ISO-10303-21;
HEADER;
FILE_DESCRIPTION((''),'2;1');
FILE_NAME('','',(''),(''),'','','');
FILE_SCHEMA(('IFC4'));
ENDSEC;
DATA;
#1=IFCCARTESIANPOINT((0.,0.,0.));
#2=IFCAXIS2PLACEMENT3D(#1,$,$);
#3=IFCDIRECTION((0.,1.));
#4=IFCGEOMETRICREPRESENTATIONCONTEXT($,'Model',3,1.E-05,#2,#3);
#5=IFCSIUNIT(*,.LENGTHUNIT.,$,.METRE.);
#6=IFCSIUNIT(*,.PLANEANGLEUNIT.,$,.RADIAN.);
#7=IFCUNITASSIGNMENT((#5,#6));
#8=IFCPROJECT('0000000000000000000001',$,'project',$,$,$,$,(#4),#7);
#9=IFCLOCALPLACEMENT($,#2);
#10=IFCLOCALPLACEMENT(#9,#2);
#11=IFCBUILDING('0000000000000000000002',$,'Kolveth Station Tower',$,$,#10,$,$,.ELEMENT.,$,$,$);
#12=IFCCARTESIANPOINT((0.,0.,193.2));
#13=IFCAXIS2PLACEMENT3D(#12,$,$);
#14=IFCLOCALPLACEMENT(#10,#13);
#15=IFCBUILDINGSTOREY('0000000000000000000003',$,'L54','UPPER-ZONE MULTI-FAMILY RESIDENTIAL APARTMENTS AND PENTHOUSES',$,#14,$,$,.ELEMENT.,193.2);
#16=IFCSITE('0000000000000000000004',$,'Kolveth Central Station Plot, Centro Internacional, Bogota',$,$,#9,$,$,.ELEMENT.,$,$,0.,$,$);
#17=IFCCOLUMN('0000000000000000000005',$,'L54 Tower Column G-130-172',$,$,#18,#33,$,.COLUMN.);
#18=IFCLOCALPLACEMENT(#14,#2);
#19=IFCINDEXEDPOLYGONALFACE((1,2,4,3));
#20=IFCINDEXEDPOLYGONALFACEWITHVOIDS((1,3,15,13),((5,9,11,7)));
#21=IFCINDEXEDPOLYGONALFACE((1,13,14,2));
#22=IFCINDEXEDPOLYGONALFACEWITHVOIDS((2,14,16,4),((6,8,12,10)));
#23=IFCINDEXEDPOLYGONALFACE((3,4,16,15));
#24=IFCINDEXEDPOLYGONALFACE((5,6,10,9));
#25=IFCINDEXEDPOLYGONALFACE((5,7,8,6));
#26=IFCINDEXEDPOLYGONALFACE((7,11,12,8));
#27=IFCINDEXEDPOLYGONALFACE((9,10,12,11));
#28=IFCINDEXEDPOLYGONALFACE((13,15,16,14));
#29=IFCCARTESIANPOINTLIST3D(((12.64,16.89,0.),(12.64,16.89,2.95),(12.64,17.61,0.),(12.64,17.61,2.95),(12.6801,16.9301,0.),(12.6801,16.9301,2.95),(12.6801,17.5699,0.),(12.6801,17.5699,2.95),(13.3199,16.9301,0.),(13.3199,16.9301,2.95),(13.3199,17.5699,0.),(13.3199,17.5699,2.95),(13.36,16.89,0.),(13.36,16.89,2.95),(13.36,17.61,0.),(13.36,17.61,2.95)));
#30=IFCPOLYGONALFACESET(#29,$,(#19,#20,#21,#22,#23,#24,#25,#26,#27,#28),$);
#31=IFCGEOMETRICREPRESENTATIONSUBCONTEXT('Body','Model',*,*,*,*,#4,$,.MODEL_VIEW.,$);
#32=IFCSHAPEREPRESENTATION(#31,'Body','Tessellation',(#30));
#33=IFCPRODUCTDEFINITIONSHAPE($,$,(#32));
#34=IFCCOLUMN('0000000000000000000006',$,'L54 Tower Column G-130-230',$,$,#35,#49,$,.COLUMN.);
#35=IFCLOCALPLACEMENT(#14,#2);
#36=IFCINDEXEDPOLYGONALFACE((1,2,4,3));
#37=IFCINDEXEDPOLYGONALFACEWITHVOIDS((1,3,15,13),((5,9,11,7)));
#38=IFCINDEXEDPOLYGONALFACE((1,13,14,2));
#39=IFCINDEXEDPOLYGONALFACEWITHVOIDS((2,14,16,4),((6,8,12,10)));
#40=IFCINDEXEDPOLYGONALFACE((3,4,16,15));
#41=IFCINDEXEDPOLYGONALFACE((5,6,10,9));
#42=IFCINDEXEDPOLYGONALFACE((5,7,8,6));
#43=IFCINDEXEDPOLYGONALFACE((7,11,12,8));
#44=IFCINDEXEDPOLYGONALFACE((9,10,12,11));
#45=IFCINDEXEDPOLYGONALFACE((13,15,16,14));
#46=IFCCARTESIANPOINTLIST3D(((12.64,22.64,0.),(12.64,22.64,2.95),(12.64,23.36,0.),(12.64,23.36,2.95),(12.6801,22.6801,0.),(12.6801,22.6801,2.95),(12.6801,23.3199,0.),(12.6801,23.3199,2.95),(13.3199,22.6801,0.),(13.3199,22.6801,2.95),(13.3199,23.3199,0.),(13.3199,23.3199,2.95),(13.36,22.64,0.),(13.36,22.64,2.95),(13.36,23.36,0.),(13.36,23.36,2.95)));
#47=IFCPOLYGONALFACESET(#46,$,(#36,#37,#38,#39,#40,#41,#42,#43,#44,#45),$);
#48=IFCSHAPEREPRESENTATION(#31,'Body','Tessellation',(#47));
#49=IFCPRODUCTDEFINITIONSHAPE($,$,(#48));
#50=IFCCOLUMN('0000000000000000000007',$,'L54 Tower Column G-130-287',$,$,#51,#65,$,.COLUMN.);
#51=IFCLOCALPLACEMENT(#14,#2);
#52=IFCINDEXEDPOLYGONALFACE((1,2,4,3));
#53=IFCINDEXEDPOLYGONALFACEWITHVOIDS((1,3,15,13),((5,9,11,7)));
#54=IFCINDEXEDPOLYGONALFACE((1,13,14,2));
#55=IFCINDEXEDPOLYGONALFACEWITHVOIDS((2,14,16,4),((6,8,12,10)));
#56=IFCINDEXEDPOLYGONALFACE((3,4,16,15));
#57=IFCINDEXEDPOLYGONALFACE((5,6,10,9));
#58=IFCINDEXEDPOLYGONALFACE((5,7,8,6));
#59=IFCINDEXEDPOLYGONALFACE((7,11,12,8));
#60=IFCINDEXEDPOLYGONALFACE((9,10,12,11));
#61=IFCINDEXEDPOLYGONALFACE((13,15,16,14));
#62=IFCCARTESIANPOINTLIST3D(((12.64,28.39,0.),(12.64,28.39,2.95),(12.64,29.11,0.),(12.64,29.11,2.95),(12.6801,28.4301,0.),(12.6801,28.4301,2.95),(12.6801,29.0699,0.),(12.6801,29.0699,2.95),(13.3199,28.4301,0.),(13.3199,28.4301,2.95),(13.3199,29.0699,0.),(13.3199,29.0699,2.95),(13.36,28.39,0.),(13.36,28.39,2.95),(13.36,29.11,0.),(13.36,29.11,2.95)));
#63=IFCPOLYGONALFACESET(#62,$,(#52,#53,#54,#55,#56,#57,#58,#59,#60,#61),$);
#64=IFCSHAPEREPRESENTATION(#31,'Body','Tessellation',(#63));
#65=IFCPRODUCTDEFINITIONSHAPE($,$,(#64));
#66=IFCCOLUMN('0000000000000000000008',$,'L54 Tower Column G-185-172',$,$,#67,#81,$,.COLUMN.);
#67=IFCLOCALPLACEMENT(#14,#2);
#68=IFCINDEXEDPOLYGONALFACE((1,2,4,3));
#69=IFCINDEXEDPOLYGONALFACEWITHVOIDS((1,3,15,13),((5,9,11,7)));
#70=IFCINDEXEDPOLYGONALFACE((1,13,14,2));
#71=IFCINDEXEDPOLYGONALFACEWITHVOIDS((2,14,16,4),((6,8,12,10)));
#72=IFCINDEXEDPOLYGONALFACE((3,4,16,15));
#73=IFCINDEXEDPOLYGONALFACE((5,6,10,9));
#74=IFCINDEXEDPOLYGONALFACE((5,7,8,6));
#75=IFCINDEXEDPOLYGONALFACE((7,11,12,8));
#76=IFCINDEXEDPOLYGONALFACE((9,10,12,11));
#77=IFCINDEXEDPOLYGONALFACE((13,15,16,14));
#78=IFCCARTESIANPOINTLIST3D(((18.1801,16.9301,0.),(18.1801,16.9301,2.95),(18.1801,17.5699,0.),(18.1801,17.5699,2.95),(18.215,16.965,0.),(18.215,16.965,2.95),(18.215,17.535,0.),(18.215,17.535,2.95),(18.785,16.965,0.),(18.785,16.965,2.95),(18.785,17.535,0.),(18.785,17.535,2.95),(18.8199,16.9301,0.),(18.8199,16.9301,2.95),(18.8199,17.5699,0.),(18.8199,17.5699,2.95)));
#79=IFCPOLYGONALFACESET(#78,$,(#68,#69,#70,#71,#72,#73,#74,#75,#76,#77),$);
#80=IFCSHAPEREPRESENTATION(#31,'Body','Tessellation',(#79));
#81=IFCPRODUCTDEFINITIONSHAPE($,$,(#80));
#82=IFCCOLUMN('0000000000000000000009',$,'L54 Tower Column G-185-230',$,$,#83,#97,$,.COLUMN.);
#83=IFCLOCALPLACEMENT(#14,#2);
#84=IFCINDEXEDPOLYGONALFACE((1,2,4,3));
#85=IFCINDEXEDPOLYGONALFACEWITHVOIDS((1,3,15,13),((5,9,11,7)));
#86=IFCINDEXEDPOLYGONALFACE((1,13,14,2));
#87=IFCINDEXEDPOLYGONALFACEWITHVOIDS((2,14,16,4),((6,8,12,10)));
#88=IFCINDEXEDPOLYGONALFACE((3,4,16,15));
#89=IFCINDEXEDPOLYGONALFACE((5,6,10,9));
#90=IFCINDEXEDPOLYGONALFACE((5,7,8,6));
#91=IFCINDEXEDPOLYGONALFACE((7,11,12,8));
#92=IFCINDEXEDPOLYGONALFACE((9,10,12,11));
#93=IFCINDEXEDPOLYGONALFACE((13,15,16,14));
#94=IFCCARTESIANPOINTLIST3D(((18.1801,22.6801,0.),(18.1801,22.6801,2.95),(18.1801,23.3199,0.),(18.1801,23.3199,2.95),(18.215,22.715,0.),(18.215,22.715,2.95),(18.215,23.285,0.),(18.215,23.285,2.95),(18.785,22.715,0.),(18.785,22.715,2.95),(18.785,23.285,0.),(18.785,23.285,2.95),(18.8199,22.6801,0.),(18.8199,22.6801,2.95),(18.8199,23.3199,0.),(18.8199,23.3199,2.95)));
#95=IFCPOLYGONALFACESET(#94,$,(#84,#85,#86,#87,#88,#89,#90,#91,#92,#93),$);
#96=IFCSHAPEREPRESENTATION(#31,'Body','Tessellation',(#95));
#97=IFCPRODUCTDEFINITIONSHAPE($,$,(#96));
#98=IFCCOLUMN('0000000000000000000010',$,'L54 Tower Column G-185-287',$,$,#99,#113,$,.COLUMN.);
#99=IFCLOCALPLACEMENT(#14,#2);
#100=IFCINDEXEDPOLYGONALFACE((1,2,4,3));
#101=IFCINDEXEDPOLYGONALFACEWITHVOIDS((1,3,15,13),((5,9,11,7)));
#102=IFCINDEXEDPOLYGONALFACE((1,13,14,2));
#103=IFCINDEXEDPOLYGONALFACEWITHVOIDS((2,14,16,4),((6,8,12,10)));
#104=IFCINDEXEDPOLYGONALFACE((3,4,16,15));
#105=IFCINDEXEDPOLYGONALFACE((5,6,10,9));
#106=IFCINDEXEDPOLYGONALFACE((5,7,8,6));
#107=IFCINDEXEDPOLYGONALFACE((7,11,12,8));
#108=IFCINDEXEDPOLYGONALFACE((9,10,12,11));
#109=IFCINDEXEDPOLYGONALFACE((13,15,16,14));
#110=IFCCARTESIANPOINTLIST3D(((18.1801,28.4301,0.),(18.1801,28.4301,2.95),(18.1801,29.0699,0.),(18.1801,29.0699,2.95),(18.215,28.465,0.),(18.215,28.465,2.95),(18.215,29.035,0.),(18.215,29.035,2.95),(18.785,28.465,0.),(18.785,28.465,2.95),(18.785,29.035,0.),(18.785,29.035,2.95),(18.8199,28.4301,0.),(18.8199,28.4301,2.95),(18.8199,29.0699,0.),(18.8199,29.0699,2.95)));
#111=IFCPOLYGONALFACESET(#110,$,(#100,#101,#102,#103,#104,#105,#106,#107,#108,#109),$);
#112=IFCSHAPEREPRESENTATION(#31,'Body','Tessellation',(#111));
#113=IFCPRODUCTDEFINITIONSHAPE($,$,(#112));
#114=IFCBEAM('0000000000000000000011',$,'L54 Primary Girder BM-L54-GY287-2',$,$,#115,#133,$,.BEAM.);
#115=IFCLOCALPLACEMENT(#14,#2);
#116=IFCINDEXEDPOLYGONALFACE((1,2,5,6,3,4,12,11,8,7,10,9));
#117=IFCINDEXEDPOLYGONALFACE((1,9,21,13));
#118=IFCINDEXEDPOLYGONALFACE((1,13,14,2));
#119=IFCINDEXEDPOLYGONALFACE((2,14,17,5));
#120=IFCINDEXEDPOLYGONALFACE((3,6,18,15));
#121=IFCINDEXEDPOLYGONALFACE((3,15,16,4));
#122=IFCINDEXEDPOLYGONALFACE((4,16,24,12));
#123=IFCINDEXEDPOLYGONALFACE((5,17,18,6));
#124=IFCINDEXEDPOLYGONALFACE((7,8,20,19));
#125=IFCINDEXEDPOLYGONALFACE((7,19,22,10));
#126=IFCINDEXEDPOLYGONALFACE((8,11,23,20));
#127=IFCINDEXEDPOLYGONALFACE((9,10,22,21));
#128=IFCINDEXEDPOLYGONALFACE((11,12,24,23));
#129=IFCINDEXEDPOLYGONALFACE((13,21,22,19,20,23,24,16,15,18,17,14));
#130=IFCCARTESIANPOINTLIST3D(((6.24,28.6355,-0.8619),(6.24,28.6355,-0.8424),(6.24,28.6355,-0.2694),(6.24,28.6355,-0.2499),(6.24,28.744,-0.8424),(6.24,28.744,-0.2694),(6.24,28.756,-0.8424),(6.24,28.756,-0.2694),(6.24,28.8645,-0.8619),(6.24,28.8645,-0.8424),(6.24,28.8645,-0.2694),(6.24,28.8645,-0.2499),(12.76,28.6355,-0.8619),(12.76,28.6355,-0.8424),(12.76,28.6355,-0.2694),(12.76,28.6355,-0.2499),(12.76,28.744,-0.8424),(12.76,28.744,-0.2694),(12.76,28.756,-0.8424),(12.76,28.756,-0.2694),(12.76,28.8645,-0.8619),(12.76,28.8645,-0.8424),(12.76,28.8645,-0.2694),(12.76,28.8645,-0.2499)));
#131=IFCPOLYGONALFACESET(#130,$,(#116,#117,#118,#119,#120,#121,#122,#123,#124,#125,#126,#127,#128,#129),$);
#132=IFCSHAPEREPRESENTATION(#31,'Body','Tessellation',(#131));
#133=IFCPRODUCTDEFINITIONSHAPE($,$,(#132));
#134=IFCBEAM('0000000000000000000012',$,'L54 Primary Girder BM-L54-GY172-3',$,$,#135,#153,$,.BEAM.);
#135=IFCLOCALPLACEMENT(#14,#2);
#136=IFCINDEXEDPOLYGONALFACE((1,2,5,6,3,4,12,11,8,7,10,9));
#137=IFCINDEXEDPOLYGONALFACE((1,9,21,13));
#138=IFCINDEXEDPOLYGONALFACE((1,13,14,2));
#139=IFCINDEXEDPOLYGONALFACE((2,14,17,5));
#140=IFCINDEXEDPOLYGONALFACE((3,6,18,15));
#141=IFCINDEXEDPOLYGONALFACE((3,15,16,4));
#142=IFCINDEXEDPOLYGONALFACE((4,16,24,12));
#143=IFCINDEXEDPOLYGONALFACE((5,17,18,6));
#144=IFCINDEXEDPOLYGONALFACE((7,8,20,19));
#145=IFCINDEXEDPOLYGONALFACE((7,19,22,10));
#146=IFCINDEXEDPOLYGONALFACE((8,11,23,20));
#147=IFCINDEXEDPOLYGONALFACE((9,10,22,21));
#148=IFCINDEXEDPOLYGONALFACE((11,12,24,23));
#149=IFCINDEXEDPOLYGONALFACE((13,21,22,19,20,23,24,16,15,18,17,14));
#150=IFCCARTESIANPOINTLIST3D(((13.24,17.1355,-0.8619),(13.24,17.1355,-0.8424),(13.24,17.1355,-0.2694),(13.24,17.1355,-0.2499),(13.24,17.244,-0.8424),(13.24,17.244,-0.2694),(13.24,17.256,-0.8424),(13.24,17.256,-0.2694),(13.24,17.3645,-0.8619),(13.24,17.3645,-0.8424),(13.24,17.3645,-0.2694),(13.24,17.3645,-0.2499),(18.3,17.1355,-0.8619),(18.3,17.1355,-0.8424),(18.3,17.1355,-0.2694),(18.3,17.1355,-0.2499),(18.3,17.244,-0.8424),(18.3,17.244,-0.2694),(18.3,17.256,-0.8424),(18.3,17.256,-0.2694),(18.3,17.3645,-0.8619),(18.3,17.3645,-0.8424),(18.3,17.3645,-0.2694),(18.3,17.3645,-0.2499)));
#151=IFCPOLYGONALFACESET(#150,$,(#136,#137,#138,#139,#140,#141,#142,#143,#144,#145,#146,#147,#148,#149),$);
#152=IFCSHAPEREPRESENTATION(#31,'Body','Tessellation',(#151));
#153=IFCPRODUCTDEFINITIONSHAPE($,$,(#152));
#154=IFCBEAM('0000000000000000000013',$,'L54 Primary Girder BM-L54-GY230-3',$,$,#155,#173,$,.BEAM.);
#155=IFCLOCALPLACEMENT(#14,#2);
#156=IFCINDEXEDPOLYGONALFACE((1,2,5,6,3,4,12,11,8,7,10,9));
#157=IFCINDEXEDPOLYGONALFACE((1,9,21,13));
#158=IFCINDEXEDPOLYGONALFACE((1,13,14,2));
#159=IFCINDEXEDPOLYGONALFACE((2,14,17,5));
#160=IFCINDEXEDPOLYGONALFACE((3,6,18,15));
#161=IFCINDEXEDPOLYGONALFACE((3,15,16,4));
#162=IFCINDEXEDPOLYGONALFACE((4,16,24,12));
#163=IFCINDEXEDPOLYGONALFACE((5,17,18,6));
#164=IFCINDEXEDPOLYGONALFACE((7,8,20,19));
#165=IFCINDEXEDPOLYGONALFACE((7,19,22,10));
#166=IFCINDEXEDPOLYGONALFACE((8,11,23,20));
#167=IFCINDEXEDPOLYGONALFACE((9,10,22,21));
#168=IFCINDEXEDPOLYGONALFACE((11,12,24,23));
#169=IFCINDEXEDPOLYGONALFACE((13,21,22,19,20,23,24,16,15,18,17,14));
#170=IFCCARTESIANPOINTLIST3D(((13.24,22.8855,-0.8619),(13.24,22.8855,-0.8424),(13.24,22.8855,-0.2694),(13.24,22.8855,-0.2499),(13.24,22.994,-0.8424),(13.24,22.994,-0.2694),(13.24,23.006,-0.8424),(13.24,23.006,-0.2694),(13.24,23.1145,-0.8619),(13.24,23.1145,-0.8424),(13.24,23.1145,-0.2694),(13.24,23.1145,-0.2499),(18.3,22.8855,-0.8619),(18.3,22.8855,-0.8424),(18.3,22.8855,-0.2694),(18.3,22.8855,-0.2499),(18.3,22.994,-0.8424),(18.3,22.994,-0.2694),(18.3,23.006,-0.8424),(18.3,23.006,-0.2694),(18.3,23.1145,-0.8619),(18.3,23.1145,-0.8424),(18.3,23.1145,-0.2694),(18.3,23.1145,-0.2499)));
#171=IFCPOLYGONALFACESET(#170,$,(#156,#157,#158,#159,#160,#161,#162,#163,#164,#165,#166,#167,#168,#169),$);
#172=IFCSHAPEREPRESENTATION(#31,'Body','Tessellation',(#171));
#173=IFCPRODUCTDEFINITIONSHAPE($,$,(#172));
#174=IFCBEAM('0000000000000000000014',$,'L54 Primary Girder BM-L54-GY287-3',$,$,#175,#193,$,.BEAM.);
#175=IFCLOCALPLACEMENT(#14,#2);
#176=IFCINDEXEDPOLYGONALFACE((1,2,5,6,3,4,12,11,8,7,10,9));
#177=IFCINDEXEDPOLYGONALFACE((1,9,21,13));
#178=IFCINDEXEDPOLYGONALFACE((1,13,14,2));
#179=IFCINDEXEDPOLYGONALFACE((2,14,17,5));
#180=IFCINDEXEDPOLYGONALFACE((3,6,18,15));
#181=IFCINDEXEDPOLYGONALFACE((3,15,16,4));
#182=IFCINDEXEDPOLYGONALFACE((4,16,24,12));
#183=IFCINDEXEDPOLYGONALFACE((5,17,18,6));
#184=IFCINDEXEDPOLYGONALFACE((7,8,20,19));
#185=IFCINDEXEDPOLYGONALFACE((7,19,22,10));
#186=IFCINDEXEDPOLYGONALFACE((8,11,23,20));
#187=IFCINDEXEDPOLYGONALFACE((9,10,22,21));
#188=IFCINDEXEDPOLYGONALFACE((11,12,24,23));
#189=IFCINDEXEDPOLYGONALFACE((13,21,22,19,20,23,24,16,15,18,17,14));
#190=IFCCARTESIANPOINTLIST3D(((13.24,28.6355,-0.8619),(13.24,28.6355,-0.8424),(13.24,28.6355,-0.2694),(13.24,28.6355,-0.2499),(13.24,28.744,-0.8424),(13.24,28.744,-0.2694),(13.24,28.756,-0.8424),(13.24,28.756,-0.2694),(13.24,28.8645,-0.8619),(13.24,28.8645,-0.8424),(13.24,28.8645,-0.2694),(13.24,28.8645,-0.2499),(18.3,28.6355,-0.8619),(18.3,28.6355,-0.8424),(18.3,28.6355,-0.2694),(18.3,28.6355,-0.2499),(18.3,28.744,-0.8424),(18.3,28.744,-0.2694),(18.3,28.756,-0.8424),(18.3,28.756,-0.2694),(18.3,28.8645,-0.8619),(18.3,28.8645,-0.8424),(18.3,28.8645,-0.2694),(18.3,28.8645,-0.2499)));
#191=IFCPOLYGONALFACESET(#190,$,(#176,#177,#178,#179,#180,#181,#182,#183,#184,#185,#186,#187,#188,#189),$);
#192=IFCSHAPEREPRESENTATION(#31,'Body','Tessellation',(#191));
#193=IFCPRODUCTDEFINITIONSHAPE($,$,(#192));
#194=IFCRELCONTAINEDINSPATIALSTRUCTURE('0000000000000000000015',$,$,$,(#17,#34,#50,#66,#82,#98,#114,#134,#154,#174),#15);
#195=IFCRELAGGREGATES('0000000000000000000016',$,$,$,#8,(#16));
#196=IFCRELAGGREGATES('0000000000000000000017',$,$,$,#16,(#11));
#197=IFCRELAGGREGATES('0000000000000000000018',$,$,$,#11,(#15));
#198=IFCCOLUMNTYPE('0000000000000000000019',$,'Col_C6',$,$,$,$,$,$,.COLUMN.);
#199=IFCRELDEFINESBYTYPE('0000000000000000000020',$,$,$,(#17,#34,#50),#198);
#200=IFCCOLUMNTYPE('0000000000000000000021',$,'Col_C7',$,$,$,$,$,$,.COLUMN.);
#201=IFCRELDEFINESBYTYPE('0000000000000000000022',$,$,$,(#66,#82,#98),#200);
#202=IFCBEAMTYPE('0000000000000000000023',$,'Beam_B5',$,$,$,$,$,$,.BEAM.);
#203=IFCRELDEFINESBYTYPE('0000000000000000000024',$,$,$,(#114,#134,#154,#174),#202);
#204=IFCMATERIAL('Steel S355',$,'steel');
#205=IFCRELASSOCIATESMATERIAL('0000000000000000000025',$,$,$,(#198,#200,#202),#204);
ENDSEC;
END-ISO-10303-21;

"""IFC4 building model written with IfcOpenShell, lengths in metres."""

from ifc_helpers import new_model, si_unit, direction, frame, origin, origin_2d, place, context, subcontext, project, spatial, hollow_rectangle, i_section, extrude, source, transform, mapped, material, material_profile, profile_set, type_object, element, save


model = new_model("IFC4")

# Units and contexts
model_context = context("Model", 3, precision=1e-05, world=origin(), true_north=direction((0.0, 1.0)))
body_context = subcontext(model_context, "Body", "Model", "MODEL_VIEW")
ifc_project = project(units=[si_unit("LENGTHUNIT", "METRE"), si_unit("PLANEANGLEUNIT", "RADIAN")], contexts=[model_context])

# Site, building, storey
site_placement = place(None, origin())
site = spatial("IfcSite", under=ifc_project, at=site_placement, Name="Kolveth Central Station Plot, Centro Internacional, Bogota", CompositionType="ELEMENT", RefElevation=0.0)
building_placement = place(site_placement, origin())
building = spatial("IfcBuilding", under=site, at=building_placement, Name="Kolveth Station Tower", CompositionType="ELEMENT")
storey_placement = place(building_placement, frame((0.0, 0.0, 193.2)))
storey = spatial("IfcBuildingStorey", under=building, at=storey_placement, Name="L54", Description="UPPER-ZONE MULTI-FAMILY RESIDENTIAL APARTMENTS AND PENTHOUSES", CompositionType="ELEMENT", Elevation=193.2)

# Columns
ifc_material_1 = material(Name="Steel S355", Category="steel")
ifc_material_profile_1 = material_profile(ifc_material_1, hollow_rectangle(XDim=0.72, YDim=0.72, WallThickness=0.04, at=origin_2d()), Name="BOX720x720x40")
ifc_profile_set_1 = profile_set([ifc_material_profile_1], Name="Steel S355")
column_type_1 = type_object("IfcColumnType", Name="Col_C6", PredefinedType="COLUMN", material=ifc_profile_set_1)
shared_shape_1 = source(origin(), body_context, "Body", "SweptSolid", [
    extrude(hollow_rectangle(XDim=0.72, YDim=0.72, WallThickness=0.04, at=origin_2d()), origin(), (0.0, 0.0, 1.0), 2.95),
])
for number, where, z_axis, x_axis, name in (
    (1, (13.0, 17.25, 0.0), (0.0, 0.0, 1.0), (1.0, 0.0, 0.0), "L54 Tower Column G-130-172"),
    (2, (13.0, 23.0, 0.0), (0.0, 0.0, 1.0), (1.0, 0.0, 0.0), "L54 Tower Column G-130-230"),
    (3, (13.0, 28.75, 0.0), (0.0, 0.0, 1.0), (1.0, 0.0, 0.0), "L54 Tower Column G-130-287"),
):
    element("IfcColumn", number, at=place(storey_placement, frame(where, z_axis=z_axis, x_axis=x_axis)), inside=storey, type_object=column_type_1, Name=name, PredefinedType="COLUMN", context=body_context, shape_type="MappedRepresentation", body=[
        mapped(shared_shape_1, transform((0.0, 0.0, 0.0), x_axis=(1.0, 0.0, 0.0), y_axis=(0.0, 1.0, 0.0), z_axis=(0.0, 0.0, 1.0), scale=1.0)),
    ])
ifc_material_profile_2 = material_profile(ifc_material_1, hollow_rectangle(XDim=0.6399, YDim=0.6399, WallThickness=0.0349, at=origin_2d()), Name="BOX640x640x35")
ifc_profile_set_2 = profile_set([ifc_material_profile_2], Name="Steel S355")
column_type_2 = type_object("IfcColumnType", Name="Col_C7", PredefinedType="COLUMN", material=ifc_profile_set_2)
shared_shape_2 = source(origin(), body_context, "Body", "SweptSolid", [
    extrude(hollow_rectangle(XDim=0.6399, YDim=0.6399, WallThickness=0.0349, at=origin_2d()), origin(), (0.0, 0.0, 1.0), 2.95),
])
for number, where, z_axis, x_axis, name in (
    (4, (18.5, 17.25, 0.0), (0.0, 0.0, 1.0), (1.0, 0.0, 0.0), "L54 Tower Column G-185-172"),
    (5, (18.5, 23.0, 0.0), (0.0, 0.0, 1.0), (1.0, 0.0, 0.0), "L54 Tower Column G-185-230"),
    (6, (18.5, 28.75, 0.0), (0.0, 0.0, 1.0), (1.0, 0.0, 0.0), "L54 Tower Column G-185-287"),
):
    element("IfcColumn", number, at=place(storey_placement, frame(where, z_axis=z_axis, x_axis=x_axis)), inside=storey, type_object=column_type_2, Name=name, PredefinedType="COLUMN", context=body_context, shape_type="MappedRepresentation", body=[
        mapped(shared_shape_2, transform((0.0, 0.0, 0.0), x_axis=(1.0, 0.0, 0.0), y_axis=(0.0, 1.0, 0.0), z_axis=(0.0, 0.0, 1.0), scale=1.0)),
    ])

# Beams
ifc_material_profile_3 = material_profile(ifc_material_1, i_section(OverallWidth=0.229, OverallDepth=0.6121, WebThickness=0.012, FlangeThickness=0.0195, at=origin_2d()), Name="W610x125")
ifc_profile_set_3 = profile_set([ifc_material_profile_3], Name="Steel S355")
beam_type_1 = type_object("IfcBeamType", Name="Beam_B5", PredefinedType="BEAM", material=ifc_profile_set_3)
shared_shape_3 = source(origin(), body_context, "Body", "SweptSolid", [
    extrude(i_section(OverallWidth=0.229, OverallDepth=0.6121, WebThickness=0.012, FlangeThickness=0.0195, at=origin_2d()), origin(), (0.0, 0.0, 1.0), 6.52),
])
beam_1_placement = place(storey_placement, frame((6.24, 28.75, -0.5559), z_axis=(1.0, 0.0, 0.0), x_axis=(0.0, 1.0, 0.0)))
element("IfcBeam", 7, at=beam_1_placement, inside=storey, type_object=beam_type_1, Name="L54 Primary Girder BM-L54-GY287-2", PredefinedType="BEAM", context=body_context, shape_type="MappedRepresentation", body=[
    mapped(shared_shape_3, transform((0.0, 0.0, 0.0), x_axis=(1.0, 0.0, 0.0), y_axis=(0.0, 1.0, 0.0), z_axis=(0.0, 0.0, 1.0), scale=1.0)),
])
shared_shape_4 = source(origin(), body_context, "Body", "SweptSolid", [
    extrude(i_section(OverallWidth=0.229, OverallDepth=0.6121, WebThickness=0.012, FlangeThickness=0.0195, at=origin_2d()), origin(), (0.0, 0.0, 1.0), 5.0601),
])
for number, where, z_axis, x_axis, name in (
    (8, (13.24, 17.25, -0.5559), (1.0, 0.0, 0.0), (0.0, 1.0, 0.0), "L54 Primary Girder BM-L54-GY172-3"),
    (9, (13.24, 23.0, -0.5559), (1.0, 0.0, 0.0), (0.0, 1.0, 0.0), "L54 Primary Girder BM-L54-GY230-3"),
    (10, (13.24, 28.75, -0.5559), (1.0, 0.0, 0.0), (0.0, 1.0, 0.0), "L54 Primary Girder BM-L54-GY287-3"),
):
    element("IfcBeam", number, at=place(storey_placement, frame(where, z_axis=z_axis, x_axis=x_axis)), inside=storey, type_object=beam_type_1, Name=name, PredefinedType="BEAM", context=body_context, shape_type="MappedRepresentation", body=[
        mapped(shared_shape_4, transform((0.0, 0.0, 0.0), x_axis=(1.0, 0.0, 0.0), y_axis=(0.0, 1.0, 0.0), z_axis=(0.0, 0.0, 1.0), scale=1.0)),
    ])

save(model, "model.ifc")
